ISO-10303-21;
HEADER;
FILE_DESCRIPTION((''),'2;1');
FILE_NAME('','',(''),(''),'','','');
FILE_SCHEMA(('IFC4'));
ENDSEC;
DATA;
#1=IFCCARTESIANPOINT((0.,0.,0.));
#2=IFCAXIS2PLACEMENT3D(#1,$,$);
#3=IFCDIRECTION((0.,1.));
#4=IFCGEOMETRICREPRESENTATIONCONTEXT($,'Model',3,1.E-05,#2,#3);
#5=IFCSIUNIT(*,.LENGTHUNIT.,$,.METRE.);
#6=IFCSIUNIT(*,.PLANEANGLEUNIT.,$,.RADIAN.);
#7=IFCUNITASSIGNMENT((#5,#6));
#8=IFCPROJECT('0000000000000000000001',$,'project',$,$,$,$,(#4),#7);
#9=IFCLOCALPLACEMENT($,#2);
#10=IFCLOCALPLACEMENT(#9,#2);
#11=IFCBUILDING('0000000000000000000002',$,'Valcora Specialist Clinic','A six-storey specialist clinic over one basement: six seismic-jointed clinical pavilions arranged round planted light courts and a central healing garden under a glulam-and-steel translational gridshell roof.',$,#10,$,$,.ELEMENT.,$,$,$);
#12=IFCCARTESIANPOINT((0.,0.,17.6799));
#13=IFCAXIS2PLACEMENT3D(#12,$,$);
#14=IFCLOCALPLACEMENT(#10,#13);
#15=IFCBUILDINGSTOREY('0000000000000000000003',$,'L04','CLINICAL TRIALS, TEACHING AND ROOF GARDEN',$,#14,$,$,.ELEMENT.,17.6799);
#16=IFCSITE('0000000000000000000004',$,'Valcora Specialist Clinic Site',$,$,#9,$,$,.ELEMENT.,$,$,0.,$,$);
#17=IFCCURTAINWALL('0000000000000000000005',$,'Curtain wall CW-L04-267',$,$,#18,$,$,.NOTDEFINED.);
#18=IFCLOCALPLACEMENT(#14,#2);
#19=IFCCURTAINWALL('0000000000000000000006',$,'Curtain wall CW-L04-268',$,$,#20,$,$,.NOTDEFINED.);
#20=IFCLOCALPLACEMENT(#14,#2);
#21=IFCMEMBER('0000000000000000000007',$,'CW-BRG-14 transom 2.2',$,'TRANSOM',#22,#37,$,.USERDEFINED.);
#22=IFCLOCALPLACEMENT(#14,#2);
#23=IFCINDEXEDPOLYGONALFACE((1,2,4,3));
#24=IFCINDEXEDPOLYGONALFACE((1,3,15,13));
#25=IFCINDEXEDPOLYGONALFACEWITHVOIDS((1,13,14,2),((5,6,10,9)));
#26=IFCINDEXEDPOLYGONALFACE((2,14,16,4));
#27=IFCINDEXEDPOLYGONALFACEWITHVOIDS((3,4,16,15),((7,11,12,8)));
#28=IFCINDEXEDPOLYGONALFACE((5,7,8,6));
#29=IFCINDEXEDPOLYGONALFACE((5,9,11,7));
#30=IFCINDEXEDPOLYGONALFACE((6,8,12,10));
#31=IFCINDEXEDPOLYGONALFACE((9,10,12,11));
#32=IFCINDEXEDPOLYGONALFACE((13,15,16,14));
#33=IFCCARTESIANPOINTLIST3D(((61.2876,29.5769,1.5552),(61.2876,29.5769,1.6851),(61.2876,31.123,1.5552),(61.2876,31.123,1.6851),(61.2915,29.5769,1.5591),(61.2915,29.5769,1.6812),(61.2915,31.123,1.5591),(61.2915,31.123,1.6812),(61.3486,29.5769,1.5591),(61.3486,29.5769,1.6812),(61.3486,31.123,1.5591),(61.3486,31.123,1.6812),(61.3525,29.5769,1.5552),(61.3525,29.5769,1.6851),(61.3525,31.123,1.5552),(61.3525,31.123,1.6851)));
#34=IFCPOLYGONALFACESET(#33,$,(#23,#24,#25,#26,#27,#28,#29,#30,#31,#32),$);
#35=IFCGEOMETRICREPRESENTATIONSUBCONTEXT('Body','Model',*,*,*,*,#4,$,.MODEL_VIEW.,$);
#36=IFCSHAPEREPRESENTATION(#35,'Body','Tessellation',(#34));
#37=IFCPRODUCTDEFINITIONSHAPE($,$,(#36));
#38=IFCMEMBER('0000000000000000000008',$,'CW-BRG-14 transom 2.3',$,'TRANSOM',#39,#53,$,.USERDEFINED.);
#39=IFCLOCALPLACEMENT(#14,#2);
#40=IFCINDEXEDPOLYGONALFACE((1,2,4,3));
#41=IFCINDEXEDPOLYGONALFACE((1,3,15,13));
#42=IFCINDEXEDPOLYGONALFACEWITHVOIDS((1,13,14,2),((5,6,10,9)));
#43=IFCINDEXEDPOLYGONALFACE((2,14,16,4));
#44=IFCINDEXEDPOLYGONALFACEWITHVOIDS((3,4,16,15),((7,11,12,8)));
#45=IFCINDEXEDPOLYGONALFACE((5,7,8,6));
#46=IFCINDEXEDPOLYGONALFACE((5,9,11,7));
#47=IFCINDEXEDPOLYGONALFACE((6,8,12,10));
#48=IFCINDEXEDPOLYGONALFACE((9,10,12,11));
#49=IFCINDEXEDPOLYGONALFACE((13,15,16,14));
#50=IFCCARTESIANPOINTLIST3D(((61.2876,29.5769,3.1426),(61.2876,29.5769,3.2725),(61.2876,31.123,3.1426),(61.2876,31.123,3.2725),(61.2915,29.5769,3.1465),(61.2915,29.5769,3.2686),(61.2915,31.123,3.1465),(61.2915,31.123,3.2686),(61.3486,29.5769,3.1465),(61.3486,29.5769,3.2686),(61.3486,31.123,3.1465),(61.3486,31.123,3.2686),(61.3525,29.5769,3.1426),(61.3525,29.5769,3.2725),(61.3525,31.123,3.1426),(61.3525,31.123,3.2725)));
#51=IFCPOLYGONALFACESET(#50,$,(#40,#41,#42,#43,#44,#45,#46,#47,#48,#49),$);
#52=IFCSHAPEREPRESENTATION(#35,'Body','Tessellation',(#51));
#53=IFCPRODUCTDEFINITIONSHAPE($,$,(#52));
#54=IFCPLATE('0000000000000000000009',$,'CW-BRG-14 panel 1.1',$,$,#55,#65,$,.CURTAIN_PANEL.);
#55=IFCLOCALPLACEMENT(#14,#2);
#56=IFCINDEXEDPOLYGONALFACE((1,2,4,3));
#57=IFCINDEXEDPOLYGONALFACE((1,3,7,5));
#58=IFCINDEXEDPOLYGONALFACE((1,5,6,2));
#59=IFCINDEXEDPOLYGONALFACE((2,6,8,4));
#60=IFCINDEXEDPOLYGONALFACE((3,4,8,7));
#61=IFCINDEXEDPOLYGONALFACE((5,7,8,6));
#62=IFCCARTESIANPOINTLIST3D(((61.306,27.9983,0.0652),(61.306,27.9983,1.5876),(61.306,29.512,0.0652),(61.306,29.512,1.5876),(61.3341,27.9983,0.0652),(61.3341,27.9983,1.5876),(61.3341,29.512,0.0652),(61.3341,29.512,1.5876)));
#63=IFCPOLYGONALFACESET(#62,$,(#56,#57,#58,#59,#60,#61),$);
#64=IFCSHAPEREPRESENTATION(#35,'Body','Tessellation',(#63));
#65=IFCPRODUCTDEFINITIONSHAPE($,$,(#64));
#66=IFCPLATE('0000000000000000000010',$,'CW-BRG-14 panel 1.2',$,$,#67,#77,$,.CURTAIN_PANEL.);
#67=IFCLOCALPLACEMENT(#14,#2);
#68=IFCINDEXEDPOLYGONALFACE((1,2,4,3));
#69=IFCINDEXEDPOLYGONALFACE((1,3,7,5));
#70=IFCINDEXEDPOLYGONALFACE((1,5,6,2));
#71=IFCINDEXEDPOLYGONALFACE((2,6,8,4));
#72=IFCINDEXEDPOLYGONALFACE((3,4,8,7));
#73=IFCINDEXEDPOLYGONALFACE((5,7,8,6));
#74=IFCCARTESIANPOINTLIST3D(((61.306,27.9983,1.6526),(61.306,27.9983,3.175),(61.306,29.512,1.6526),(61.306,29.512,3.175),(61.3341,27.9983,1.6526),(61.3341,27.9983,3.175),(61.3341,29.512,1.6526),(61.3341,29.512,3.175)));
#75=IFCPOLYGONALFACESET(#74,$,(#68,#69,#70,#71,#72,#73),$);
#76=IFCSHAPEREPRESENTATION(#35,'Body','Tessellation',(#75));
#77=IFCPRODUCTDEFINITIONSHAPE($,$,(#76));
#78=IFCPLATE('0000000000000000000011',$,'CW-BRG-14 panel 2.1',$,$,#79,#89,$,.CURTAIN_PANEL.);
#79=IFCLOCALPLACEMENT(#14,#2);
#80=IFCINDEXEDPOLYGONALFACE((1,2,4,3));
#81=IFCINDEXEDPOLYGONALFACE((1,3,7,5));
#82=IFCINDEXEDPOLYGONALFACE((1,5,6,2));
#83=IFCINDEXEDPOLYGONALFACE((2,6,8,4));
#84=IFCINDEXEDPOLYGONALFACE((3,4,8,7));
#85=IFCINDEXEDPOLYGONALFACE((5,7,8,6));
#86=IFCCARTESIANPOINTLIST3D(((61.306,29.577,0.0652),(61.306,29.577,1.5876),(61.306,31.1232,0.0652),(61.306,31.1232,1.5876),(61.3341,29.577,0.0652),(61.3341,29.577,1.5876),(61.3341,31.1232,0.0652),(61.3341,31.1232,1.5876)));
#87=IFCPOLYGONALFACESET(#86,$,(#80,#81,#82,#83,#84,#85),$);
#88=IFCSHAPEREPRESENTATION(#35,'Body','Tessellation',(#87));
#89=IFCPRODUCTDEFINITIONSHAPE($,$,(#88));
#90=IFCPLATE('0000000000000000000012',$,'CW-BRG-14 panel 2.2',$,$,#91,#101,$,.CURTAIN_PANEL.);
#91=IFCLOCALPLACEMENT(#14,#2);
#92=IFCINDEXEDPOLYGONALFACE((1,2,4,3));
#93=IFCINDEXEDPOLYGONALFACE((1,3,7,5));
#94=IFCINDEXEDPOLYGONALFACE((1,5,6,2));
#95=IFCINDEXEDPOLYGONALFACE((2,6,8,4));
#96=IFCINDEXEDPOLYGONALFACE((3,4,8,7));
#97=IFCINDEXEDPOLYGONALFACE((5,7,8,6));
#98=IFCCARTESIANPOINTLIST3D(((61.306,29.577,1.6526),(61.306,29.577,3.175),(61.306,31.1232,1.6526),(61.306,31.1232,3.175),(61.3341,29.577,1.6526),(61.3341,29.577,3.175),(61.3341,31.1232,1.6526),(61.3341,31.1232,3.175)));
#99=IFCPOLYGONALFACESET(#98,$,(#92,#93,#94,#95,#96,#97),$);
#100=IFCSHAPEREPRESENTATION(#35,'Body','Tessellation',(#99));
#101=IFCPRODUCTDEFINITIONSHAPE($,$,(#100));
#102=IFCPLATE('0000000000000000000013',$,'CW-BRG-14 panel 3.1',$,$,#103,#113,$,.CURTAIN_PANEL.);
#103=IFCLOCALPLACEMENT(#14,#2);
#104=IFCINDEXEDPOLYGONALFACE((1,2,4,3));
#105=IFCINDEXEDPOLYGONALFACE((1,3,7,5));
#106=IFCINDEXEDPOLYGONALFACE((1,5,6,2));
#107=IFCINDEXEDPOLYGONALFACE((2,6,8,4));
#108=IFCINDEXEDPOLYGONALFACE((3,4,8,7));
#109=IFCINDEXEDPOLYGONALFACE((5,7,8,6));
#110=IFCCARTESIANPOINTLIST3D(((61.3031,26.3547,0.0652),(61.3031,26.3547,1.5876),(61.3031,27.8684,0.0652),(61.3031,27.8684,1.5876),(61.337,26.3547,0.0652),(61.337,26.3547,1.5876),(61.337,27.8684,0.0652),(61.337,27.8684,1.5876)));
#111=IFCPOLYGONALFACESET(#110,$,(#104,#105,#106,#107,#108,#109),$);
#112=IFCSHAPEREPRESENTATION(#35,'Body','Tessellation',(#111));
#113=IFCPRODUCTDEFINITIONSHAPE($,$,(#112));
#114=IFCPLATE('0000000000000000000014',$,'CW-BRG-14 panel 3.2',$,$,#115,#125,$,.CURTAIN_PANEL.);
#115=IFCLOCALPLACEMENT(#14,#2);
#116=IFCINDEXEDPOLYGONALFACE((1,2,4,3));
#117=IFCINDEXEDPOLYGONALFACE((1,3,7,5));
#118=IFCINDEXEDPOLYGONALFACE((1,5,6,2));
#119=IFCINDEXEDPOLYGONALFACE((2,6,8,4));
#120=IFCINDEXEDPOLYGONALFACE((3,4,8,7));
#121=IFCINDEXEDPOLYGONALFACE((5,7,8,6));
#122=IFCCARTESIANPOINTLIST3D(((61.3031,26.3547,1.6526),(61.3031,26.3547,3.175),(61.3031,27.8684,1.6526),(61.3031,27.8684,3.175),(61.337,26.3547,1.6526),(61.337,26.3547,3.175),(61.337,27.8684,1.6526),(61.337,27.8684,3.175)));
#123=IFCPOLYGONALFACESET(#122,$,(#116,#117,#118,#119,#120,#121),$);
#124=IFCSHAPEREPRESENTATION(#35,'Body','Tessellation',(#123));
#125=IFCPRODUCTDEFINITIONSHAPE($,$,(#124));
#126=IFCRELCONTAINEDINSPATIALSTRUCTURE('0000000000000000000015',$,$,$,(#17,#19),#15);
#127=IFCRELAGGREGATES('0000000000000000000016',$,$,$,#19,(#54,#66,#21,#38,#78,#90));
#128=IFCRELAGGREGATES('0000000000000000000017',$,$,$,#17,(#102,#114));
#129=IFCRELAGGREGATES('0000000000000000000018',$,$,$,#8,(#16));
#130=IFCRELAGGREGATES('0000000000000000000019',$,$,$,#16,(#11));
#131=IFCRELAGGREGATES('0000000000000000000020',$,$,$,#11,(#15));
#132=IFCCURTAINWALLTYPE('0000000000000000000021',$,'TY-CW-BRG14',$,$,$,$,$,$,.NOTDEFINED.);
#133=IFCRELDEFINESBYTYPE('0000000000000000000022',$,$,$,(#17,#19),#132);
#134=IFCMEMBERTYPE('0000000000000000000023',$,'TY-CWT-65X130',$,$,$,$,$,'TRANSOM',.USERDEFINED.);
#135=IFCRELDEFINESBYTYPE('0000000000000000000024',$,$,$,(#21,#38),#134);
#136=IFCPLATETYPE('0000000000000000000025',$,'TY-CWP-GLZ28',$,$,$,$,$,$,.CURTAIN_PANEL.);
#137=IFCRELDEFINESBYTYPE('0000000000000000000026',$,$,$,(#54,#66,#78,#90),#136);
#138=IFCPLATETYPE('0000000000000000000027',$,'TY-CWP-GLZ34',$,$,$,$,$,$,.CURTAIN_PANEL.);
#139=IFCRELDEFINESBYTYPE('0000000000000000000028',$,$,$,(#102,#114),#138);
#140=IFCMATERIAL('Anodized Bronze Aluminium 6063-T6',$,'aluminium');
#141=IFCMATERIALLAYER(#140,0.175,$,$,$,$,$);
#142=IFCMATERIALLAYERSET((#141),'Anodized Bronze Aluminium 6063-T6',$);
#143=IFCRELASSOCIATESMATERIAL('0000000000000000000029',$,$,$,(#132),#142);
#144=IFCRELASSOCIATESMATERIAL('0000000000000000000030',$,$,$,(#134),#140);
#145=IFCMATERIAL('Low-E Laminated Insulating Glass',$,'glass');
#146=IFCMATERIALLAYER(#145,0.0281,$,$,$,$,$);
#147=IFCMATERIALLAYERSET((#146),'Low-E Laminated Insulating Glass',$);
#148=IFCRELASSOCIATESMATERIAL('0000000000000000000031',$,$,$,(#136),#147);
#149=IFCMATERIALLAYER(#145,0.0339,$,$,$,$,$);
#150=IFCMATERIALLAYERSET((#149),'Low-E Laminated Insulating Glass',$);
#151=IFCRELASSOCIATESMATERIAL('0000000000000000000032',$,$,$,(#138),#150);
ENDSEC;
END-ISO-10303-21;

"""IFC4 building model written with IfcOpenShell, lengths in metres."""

from ifc_helpers import new_model, si_unit, direction, frame, origin, origin_2d, place, context, subcontext, project, spatial, rectangle, hollow_rectangle, extrude, material, layer, layer_set, material_profile, profile_set, type_object, element, aggregate, save


model = new_model("IFC4")

# Units and contexts
model_context = context("Model", 3, precision=1e-05, world=origin(), true_north=direction((0.0, 1.0)))
body_context = subcontext(model_context, "Body", "Model", "MODEL_VIEW")
ifc_project = project(units=[si_unit("LENGTHUNIT", "METRE"), si_unit("PLANEANGLEUNIT", "RADIAN")], contexts=[model_context])

# Site, building, storey
site_placement = place(None, origin())
site = spatial("IfcSite", under=ifc_project, at=site_placement, Name="Valcora Specialist Clinic Site", CompositionType="ELEMENT", RefElevation=0.0)
building_placement = place(site_placement, origin())
building = spatial("IfcBuilding", under=site, at=building_placement, Name="Valcora Specialist Clinic", Description="A six-storey specialist clinic over one basement: six seismic-jointed clinical pavilions arranged round planted light courts and a central healing garden under a glulam-and-steel translational gridshell roof.", CompositionType="ELEMENT")
storey_placement = place(building_placement, frame((0.0, 0.0, 17.6799)))
storey = spatial("IfcBuildingStorey", under=building, at=storey_placement, Name="L04", Description="CLINICAL TRIALS, TEACHING AND ROOF GARDEN", CompositionType="ELEMENT", Elevation=17.6799)

# Curtain wall
ifc_material_1 = material(Name="Anodized Bronze Aluminium 6063-T6", Category="aluminium")
ifc_layer_1 = layer(ifc_material_1, 0.175)
ifc_layer_set_1 = layer_set([ifc_layer_1], Name="Anodized Bronze Aluminium 6063-T6")
curtain_wall_type = type_object("IfcCurtainWallType", Name="TY-CW-BRG14", PredefinedType="NOTDEFINED", material=ifc_layer_set_1)
curtain_wall_1_placement = place(storey_placement, origin())
curtain_wall_1 = element("IfcCurtainWall", 1, at=curtain_wall_1_placement, inside=storey, type_object=curtain_wall_type, Name="Curtain wall CW-L04-267", PredefinedType="NOTDEFINED")

# Curtain wall
curtain_wall_2_placement = place(storey_placement, origin())
curtain_wall_2 = element("IfcCurtainWall", 2, at=curtain_wall_2_placement, inside=storey, type_object=curtain_wall_type, Name="Curtain wall CW-L04-268", PredefinedType="NOTDEFINED")

# Members
ifc_material_profile_1 = material_profile(ifc_material_1, hollow_rectangle(XDim=0.0649, YDim=0.1299, WallThickness=0.0039, at=origin_2d()), Name="AL-TRN-65X130")
ifc_profile_set_1 = profile_set([ifc_material_profile_1], Name="Anodized Bronze Aluminium 6063-T6")
member_type_1 = type_object("IfcMemberType", Name="TY-CWT-65X130", ElementType="TRANSOM", PredefinedType="USERDEFINED", material=ifc_profile_set_1)
member_1_placement = place(storey_placement, frame((61.3201, 29.5769, 1.6201), z_axis=(0.0, 1.0, 0.0), x_axis=(-1.0, 0.0, 0.0)))
member_1 = element("IfcMember", 3, at=member_1_placement, type_object=member_type_1, Name="CW-BRG-14 transom 2.2", ObjectType="TRANSOM", PredefinedType="USERDEFINED", context=body_context, shape_type="SweptSolid", body=[
    extrude(hollow_rectangle(XDim=0.0649, YDim=0.1299, WallThickness=0.0039, at=origin_2d()), origin(), (0.0, 0.0, 1.0), 1.5461),
])
member_2_placement = place(storey_placement, frame((61.3201, 29.5769, 3.2075), z_axis=(0.0, 1.0, 0.0), x_axis=(-1.0, 0.0, 0.0)))
member_2 = element("IfcMember", 4, at=member_2_placement, type_object=member_type_1, Name="CW-BRG-14 transom 2.3", ObjectType="TRANSOM", PredefinedType="USERDEFINED", context=body_context, shape_type="SweptSolid", body=[
    extrude(hollow_rectangle(XDim=0.0649, YDim=0.1299, WallThickness=0.0039, at=origin_2d()), origin(), (0.0, 0.0, 1.0), 1.5461),
])

# Plates
ifc_material_2 = material(Name="Low-E Laminated Insulating Glass", Category="glass")
ifc_layer_2 = layer(ifc_material_2, 0.0281)
ifc_layer_set_2 = layer_set([ifc_layer_2], Name="Low-E Laminated Insulating Glass")
plate_type_1 = type_object("IfcPlateType", Name="TY-CWP-GLZ28", PredefinedType="CURTAIN_PANEL", material=ifc_layer_set_2)
plate_1_placement = place(storey_placement, frame((61.3201, 28.7551, 0.0652), z_axis=(0.0, 0.0, 1.0), x_axis=(0.0, 1.0, 0.0)))
plate_1 = element("IfcPlate", 5, at=plate_1_placement, type_object=plate_type_1, Name="CW-BRG-14 panel 1.1", PredefinedType="CURTAIN_PANEL", context=body_context, shape_type="SweptSolid", body=[
    extrude(rectangle(XDim=1.5137, YDim=0.0281, at=origin_2d()), origin(), (0.0, 0.0, 1.0), 1.5225),
])
plate_2_placement = place(storey_placement, frame((61.3201, 28.7551, 1.6526), z_axis=(0.0, 0.0, 1.0), x_axis=(0.0, 1.0, 0.0)))
plate_2 = element("IfcPlate", 6, at=plate_2_placement, type_object=plate_type_1, Name="CW-BRG-14 panel 1.2", PredefinedType="CURTAIN_PANEL", context=body_context, shape_type="SweptSolid", body=[
    extrude(rectangle(XDim=1.5137, YDim=0.0281, at=origin_2d()), origin(), (0.0, 0.0, 1.0), 1.5225),
])
plate_3_placement = place(storey_placement, frame((61.3201, 30.3501, 0.0652), z_axis=(0.0, 0.0, 1.0), x_axis=(0.0, 1.0, 0.0)))
plate_3 = element("IfcPlate", 7, at=plate_3_placement, type_object=plate_type_1, Name="CW-BRG-14 panel 2.1", PredefinedType="CURTAIN_PANEL", context=body_context, shape_type="SweptSolid", body=[
    extrude(rectangle(XDim=1.5461, YDim=0.0281, at=origin_2d()), origin(), (0.0, 0.0, 1.0), 1.5225),
])
plate_4_placement = place(storey_placement, frame((61.3201, 30.3501, 1.6526), z_axis=(0.0, 0.0, 1.0), x_axis=(0.0, 1.0, 0.0)))
plate_4 = element("IfcPlate", 8, at=plate_4_placement, type_object=plate_type_1, Name="CW-BRG-14 panel 2.2", PredefinedType="CURTAIN_PANEL", context=body_context, shape_type="SweptSolid", body=[
    extrude(rectangle(XDim=1.5461, YDim=0.0281, at=origin_2d()), origin(), (0.0, 0.0, 1.0), 1.5225),
])
aggregate(curtain_wall_2, [plate_1, plate_2, member_1, member_2, plate_3, plate_4])
ifc_layer_3 = layer(ifc_material_2, 0.0339)
ifc_layer_set_3 = layer_set([ifc_layer_3], Name="Low-E Laminated Insulating Glass")
plate_type_2 = type_object("IfcPlateType", Name="TY-CWP-GLZ34", PredefinedType="CURTAIN_PANEL", material=ifc_layer_set_3)
plate_5_placement = place(storey_placement, frame((61.3201, 27.1116, 0.0652), z_axis=(0.0, 0.0, 1.0), x_axis=(0.0, 1.0, 0.0)))
plate_5 = element("IfcPlate", 9, at=plate_5_placement, type_object=plate_type_2, Name="CW-BRG-14 panel 3.1", PredefinedType="CURTAIN_PANEL", context=body_context, shape_type="SweptSolid", body=[
    extrude(rectangle(XDim=1.5137, YDim=0.0339, at=origin_2d()), origin(), (0.0, 0.0, 1.0), 1.5225),
])
plate_6_placement = place(storey_placement, frame((61.3201, 27.1116, 1.6526), z_axis=(0.0, 0.0, 1.0), x_axis=(0.0, 1.0, 0.0)))
plate_6 = element("IfcPlate", 10, at=plate_6_placement, type_object=plate_type_2, Name="CW-BRG-14 panel 3.2", PredefinedType="CURTAIN_PANEL", context=body_context, shape_type="SweptSolid", body=[
    extrude(rectangle(XDim=1.5137, YDim=0.0339, at=origin_2d()), origin(), (0.0, 0.0, 1.0), 1.5225),
])
aggregate(curtain_wall_1, [plate_5, plate_6])

save(model, "model.ifc")
